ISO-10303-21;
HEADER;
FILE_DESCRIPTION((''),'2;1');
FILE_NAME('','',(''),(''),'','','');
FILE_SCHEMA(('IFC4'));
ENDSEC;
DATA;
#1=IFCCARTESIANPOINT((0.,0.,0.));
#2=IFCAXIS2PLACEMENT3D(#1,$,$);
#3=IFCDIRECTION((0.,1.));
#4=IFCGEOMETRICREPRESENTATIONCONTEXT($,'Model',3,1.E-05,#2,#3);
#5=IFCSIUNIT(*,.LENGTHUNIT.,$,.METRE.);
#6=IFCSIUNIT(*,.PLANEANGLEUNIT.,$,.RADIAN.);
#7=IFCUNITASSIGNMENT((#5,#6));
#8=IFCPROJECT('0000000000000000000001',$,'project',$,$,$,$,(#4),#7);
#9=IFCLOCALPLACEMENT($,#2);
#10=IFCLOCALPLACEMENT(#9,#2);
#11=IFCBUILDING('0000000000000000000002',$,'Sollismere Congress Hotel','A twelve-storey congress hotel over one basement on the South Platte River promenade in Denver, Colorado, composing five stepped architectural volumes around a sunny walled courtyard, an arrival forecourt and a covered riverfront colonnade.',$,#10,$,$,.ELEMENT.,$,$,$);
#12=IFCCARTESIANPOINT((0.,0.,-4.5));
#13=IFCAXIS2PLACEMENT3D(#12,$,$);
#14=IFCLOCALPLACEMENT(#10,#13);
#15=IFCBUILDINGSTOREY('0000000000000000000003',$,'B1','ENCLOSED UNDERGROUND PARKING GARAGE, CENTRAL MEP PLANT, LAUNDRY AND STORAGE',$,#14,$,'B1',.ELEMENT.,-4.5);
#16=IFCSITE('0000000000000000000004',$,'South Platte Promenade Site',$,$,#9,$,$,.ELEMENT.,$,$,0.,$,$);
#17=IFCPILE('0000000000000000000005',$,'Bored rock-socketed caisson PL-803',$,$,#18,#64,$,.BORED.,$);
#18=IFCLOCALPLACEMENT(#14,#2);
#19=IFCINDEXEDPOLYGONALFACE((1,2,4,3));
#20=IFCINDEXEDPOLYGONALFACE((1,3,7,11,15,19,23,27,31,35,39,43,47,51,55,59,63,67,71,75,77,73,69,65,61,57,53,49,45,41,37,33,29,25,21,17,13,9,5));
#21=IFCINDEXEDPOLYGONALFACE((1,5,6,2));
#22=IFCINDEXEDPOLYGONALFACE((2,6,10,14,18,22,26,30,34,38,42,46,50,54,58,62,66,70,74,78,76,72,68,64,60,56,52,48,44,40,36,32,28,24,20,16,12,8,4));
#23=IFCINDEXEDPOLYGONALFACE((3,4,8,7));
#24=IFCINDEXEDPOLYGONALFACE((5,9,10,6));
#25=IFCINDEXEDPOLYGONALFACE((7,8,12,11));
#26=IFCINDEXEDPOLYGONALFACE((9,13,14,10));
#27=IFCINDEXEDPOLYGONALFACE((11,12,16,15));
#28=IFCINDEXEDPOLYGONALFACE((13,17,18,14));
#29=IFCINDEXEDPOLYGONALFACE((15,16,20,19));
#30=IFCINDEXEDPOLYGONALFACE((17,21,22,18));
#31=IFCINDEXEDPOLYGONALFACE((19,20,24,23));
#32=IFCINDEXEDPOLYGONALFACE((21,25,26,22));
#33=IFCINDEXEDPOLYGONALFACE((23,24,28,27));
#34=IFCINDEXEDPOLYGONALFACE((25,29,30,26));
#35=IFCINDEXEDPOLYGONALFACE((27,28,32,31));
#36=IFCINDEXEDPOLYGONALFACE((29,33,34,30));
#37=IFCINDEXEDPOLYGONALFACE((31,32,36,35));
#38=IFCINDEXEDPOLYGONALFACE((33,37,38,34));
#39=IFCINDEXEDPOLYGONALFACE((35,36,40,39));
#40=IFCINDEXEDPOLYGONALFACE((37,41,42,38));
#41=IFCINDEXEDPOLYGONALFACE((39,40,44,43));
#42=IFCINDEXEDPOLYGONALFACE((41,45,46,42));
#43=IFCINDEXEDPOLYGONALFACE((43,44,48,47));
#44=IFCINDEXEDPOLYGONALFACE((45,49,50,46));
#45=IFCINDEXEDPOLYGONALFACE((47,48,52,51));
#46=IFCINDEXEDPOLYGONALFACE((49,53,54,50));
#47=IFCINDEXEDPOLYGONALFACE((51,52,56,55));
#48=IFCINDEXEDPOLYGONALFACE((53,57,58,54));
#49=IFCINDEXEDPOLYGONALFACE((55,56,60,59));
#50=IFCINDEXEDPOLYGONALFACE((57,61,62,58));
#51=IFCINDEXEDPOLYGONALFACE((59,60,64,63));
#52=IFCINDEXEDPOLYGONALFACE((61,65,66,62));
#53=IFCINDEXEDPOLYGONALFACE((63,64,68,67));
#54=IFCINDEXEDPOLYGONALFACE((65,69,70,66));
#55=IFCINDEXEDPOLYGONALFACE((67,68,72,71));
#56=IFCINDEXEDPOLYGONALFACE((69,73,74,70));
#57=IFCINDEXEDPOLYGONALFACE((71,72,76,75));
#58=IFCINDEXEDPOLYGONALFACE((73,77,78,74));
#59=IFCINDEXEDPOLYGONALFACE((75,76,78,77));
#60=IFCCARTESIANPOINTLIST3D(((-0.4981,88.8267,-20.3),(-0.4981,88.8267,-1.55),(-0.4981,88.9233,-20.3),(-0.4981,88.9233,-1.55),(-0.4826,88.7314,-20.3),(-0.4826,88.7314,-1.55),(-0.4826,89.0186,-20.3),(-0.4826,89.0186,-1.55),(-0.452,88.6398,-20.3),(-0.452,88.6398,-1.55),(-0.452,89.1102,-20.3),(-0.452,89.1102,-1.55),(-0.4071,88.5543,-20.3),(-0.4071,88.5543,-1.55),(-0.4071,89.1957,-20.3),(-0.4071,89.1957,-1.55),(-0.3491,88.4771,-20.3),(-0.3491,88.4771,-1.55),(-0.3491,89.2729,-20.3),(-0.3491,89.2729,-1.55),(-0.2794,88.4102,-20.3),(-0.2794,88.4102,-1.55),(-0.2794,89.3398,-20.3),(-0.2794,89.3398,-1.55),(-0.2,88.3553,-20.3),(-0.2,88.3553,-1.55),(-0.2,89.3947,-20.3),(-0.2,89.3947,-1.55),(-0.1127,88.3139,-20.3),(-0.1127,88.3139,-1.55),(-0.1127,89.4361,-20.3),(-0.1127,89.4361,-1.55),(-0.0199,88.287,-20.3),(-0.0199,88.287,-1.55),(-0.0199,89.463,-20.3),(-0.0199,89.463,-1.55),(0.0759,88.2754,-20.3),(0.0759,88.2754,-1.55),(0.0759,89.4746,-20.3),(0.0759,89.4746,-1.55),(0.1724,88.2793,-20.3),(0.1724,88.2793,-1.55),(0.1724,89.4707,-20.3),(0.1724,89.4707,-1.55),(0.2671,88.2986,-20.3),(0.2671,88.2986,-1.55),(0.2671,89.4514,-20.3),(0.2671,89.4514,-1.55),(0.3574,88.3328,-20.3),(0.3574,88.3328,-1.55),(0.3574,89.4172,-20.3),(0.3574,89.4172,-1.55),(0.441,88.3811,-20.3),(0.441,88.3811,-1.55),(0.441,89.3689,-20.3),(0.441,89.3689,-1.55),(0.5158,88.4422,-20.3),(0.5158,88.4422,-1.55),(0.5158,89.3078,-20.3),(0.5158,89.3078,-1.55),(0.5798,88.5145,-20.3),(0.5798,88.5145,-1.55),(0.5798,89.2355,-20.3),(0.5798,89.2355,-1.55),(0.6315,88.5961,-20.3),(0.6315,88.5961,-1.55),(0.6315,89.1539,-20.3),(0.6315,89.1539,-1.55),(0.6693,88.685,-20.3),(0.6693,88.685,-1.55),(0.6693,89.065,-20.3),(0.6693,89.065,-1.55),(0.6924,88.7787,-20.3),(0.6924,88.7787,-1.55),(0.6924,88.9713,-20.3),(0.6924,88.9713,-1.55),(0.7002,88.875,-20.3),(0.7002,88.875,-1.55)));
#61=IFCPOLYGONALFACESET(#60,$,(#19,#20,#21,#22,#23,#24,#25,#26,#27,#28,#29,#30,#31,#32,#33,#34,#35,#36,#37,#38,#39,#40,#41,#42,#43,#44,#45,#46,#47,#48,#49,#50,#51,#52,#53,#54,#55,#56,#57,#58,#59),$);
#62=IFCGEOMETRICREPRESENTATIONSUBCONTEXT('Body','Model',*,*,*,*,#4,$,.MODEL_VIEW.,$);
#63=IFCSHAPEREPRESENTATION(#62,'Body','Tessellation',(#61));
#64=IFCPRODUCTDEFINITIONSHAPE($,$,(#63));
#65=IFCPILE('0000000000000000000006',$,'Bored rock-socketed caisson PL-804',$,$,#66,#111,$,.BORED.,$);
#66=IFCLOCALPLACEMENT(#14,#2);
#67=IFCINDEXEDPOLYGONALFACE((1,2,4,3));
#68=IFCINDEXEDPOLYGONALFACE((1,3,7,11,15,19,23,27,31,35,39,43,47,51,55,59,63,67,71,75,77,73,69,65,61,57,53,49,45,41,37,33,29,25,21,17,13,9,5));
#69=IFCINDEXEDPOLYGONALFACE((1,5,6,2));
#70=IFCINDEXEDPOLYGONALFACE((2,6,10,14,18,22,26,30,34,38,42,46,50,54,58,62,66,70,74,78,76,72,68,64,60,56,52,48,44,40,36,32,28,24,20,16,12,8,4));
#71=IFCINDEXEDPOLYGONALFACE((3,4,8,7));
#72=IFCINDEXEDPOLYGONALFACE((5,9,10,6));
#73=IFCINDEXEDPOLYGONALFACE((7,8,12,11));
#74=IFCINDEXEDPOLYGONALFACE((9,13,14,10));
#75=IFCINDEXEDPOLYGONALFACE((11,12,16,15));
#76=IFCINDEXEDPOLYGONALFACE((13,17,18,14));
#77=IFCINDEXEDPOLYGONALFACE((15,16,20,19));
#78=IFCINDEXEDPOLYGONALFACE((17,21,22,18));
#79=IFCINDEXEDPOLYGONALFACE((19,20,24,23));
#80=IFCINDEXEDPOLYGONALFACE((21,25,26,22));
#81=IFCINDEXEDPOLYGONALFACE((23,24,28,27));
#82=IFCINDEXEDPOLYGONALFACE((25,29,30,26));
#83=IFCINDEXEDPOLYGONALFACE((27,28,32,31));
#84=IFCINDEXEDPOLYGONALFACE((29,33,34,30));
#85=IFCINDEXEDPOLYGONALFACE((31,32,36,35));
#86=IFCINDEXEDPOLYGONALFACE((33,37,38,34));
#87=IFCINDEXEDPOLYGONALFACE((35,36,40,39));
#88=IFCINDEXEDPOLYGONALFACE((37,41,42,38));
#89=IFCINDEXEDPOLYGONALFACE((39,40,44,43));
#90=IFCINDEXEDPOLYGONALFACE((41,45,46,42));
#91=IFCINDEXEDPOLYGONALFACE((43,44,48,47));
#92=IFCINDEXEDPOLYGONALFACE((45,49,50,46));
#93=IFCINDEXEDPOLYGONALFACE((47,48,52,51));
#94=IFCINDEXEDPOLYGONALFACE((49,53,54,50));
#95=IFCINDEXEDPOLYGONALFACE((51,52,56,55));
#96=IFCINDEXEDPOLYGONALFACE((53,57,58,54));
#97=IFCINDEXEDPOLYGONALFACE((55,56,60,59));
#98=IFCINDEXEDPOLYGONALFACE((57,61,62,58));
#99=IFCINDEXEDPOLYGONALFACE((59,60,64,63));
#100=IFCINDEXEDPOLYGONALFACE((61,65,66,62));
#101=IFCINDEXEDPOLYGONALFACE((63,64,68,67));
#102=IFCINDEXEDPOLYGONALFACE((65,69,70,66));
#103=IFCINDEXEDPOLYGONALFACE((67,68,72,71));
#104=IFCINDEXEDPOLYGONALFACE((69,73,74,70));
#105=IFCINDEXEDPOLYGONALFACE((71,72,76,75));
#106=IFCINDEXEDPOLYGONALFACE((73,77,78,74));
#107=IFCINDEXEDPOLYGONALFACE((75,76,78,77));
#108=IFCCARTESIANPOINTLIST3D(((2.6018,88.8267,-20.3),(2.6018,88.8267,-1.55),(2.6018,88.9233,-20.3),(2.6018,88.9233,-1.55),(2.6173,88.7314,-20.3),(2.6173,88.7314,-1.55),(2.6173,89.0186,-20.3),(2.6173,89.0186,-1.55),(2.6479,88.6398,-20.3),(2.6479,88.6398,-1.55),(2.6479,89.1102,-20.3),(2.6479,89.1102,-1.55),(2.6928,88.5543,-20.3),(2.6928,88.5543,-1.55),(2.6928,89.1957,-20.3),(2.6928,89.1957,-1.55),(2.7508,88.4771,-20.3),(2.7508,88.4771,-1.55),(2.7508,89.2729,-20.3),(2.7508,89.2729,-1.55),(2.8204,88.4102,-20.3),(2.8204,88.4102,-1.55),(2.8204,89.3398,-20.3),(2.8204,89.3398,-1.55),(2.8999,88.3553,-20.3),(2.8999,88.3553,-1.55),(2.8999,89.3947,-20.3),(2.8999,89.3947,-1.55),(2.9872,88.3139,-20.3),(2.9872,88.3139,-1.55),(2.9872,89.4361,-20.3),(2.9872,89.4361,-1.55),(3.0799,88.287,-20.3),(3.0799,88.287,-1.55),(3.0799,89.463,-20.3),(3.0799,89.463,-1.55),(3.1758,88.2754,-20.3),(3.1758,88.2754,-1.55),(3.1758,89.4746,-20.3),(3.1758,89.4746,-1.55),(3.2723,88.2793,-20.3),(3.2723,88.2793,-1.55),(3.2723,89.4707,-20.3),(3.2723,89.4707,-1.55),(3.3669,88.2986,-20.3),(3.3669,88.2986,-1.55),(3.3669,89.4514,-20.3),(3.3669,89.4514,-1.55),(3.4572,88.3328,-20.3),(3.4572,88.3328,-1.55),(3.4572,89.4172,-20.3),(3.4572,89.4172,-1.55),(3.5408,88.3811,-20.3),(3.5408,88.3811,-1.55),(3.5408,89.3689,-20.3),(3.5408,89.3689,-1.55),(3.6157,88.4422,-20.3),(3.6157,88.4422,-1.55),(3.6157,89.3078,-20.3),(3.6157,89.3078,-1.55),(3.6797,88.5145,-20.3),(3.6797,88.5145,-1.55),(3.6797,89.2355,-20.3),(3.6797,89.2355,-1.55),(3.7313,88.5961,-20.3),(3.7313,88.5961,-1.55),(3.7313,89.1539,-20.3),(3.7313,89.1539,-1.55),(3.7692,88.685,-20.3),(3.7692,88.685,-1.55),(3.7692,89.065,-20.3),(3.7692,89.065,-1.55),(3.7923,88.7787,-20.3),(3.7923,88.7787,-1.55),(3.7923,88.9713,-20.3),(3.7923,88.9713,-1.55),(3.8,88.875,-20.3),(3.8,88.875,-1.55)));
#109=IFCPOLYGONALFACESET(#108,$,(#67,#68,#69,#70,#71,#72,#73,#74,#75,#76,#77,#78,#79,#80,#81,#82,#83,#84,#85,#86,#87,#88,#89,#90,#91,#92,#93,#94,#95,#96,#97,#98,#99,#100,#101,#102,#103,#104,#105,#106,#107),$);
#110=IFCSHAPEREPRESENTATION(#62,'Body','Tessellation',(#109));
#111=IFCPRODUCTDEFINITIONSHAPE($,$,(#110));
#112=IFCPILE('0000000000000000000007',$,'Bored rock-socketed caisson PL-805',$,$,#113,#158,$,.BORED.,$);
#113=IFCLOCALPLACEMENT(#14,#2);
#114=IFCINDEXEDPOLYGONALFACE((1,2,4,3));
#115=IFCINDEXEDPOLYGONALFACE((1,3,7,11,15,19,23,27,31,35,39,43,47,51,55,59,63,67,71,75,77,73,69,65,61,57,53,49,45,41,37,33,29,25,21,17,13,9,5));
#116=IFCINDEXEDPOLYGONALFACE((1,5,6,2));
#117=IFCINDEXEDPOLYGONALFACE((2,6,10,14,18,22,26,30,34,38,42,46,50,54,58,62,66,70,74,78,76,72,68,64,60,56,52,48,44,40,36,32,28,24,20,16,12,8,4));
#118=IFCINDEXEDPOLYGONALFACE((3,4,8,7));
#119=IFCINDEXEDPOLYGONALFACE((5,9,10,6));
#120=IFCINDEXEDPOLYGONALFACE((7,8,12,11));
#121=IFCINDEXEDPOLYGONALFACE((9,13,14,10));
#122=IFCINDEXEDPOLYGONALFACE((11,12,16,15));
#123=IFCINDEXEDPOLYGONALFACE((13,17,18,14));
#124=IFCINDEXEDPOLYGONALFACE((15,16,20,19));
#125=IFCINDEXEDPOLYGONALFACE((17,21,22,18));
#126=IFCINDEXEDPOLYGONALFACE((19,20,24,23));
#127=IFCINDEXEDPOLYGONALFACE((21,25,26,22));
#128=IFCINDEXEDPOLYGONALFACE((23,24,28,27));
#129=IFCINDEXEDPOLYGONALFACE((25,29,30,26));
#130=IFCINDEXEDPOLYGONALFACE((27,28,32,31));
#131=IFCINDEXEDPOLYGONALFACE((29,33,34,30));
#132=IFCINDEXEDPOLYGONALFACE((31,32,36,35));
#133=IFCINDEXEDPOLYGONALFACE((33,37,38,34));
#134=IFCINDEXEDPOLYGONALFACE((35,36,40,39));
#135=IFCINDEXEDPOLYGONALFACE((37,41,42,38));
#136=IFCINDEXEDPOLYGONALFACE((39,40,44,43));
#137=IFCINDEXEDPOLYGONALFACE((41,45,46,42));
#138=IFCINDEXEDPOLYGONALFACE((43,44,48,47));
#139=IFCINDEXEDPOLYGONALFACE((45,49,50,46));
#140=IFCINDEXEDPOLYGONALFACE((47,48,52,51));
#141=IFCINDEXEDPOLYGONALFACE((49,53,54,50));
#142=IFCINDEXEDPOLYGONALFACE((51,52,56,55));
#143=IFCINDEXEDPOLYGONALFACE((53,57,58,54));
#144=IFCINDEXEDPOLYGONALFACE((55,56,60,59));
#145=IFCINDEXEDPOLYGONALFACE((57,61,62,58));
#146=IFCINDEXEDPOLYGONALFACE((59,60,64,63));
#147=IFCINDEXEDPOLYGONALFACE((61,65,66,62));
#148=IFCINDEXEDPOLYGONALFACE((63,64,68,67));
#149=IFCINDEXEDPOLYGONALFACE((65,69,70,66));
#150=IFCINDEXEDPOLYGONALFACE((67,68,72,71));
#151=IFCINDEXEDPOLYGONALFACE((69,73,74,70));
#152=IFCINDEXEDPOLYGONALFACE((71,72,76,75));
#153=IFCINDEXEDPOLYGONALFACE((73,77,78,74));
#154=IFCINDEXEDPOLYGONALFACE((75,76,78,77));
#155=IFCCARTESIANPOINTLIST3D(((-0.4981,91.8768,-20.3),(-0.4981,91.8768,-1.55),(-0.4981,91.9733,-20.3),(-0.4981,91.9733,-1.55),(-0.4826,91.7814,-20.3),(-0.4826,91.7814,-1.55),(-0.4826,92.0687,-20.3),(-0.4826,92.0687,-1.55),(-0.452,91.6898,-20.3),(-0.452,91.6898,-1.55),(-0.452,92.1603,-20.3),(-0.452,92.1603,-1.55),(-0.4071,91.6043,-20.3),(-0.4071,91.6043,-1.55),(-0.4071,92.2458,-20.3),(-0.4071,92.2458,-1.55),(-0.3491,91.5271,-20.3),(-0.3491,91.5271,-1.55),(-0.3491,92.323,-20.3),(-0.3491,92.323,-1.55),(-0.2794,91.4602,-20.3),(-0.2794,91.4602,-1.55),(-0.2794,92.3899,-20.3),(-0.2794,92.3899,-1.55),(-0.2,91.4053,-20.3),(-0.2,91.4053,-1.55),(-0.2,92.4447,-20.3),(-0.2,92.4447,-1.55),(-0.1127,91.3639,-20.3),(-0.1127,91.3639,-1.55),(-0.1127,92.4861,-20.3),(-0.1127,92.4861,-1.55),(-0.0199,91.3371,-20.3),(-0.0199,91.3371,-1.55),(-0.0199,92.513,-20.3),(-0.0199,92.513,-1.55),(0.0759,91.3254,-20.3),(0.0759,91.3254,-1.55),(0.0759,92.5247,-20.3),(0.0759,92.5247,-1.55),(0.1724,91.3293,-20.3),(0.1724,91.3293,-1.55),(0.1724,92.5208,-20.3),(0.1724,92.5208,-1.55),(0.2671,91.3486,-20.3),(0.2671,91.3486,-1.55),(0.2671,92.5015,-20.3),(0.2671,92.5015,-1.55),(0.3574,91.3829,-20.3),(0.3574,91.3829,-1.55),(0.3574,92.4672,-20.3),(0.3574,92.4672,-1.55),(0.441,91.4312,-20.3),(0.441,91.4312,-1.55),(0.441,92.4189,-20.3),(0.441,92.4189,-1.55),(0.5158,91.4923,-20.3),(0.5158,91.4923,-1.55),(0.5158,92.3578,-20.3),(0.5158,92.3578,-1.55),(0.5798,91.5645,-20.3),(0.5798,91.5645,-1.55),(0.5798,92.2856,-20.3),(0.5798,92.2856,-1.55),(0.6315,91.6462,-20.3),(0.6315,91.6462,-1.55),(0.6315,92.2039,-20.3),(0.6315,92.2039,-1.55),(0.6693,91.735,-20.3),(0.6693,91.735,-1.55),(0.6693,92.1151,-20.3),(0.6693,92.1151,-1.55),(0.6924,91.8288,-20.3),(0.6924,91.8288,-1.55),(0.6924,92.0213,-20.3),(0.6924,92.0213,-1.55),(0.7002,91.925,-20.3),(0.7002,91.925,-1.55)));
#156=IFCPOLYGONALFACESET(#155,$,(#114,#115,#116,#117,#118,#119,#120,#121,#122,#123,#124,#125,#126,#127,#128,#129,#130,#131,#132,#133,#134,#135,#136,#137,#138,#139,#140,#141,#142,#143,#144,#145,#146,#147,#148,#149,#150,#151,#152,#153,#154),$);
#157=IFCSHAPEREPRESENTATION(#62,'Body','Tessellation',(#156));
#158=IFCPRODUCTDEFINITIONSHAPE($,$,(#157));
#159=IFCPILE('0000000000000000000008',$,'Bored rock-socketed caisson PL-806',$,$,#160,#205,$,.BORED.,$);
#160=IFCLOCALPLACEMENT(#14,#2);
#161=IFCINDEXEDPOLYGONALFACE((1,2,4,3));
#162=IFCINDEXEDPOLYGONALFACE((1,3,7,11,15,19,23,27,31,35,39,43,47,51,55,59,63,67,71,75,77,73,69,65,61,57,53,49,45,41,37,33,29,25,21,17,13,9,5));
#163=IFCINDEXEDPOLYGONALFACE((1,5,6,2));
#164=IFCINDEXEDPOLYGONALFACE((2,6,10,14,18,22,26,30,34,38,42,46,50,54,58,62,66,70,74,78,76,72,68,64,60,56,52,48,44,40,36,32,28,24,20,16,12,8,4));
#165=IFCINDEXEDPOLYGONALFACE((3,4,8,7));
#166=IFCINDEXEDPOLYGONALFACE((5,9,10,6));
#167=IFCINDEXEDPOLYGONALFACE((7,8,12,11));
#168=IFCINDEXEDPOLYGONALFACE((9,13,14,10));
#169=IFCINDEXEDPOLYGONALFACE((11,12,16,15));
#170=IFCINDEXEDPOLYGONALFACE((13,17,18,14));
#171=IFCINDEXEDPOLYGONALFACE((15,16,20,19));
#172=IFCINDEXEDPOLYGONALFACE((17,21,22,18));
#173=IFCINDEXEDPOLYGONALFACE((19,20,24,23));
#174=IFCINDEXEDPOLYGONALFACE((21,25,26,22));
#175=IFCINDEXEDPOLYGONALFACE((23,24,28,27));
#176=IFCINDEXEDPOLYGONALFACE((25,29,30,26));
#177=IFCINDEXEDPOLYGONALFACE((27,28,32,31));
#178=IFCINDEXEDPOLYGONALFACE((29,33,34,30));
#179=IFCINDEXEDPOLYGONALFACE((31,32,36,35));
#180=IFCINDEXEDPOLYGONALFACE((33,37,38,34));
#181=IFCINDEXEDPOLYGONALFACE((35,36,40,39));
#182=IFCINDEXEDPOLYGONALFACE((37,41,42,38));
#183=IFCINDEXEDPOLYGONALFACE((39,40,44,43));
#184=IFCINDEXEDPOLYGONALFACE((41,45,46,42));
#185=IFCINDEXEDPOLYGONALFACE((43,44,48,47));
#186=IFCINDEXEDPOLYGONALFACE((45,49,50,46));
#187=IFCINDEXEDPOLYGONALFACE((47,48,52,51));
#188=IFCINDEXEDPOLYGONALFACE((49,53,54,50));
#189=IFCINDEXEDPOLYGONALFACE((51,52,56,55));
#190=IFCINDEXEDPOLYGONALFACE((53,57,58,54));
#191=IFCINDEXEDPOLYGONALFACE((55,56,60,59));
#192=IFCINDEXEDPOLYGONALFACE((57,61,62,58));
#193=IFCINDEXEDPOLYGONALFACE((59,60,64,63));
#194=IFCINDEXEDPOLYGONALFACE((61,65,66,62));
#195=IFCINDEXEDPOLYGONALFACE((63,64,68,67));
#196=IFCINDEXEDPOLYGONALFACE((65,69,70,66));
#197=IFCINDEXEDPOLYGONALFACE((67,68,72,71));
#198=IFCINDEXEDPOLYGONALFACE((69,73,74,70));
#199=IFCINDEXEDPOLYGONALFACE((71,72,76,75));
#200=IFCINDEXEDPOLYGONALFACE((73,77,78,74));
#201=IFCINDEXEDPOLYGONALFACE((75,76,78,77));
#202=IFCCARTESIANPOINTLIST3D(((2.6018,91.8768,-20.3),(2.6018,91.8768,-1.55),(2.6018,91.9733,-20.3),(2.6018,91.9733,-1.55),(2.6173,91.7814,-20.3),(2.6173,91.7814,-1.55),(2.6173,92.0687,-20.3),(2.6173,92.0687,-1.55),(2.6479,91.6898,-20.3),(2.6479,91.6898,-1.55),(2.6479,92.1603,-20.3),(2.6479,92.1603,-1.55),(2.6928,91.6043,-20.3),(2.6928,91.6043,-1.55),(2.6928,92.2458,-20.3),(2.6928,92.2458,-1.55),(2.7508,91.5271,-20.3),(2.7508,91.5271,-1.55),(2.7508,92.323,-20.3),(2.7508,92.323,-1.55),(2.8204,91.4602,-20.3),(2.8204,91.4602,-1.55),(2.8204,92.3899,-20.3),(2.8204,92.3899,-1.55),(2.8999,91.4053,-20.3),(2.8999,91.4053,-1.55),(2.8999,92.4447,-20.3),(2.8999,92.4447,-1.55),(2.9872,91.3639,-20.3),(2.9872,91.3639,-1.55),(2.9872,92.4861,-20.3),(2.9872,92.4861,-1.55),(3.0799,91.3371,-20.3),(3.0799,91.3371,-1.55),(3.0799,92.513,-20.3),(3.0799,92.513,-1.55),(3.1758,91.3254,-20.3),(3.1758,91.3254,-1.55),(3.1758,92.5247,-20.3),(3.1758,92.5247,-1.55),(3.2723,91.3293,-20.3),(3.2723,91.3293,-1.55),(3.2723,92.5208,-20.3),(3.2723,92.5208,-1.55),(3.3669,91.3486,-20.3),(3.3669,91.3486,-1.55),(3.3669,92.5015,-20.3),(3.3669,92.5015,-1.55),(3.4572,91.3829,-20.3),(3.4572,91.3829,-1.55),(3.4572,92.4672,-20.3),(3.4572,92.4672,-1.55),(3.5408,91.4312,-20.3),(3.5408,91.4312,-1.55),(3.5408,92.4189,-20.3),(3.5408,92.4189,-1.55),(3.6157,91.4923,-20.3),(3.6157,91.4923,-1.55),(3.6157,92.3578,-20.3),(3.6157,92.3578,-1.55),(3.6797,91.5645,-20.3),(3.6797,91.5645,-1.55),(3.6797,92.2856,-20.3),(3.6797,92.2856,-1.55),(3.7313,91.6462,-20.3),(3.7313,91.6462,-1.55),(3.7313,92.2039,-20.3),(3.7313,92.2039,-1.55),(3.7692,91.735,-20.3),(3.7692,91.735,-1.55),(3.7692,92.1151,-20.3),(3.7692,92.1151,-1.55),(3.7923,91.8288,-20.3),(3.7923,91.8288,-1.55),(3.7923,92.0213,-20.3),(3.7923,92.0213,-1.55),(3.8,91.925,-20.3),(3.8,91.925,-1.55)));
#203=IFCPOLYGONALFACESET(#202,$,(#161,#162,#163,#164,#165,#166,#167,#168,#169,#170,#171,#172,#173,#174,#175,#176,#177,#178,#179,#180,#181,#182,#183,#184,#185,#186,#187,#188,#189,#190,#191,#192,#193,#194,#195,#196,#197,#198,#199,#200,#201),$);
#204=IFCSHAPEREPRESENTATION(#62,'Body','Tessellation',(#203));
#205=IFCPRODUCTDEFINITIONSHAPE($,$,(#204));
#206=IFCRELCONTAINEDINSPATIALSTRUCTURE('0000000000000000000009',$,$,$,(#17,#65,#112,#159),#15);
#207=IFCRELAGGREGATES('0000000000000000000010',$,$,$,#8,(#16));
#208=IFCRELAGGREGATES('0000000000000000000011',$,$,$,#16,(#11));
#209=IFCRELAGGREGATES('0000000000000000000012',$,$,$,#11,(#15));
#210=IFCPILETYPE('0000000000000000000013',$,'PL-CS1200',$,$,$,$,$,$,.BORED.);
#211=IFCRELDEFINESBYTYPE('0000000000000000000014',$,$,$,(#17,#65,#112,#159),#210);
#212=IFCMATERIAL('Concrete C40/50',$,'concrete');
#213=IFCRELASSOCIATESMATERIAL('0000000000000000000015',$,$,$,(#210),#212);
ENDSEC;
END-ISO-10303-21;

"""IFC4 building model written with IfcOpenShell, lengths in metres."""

from ifc_helpers import new_model, si_unit, direction, frame, origin, origin_2d, place, context, subcontext, project, spatial, circle, extrude, material, material_profile, profile_set, type_object, element, save


model = new_model("IFC4")

# Units and contexts
model_context = context("Model", 3, precision=1e-05, world=origin(), true_north=direction((0.0, 1.0)))
body_context = subcontext(model_context, "Body", "Model", "MODEL_VIEW")
ifc_project = project(units=[si_unit("LENGTHUNIT", "METRE"), si_unit("PLANEANGLEUNIT", "RADIAN")], contexts=[model_context])

# Site, building, storey
site_placement = place(None, origin())
site = spatial("IfcSite", under=ifc_project, at=site_placement, Name="South Platte Promenade Site", CompositionType="ELEMENT", RefElevation=0.0)
building_placement = place(site_placement, origin())
building = spatial("IfcBuilding", under=site, at=building_placement, Name="Sollismere Congress Hotel", Description="A twelve-storey congress hotel over one basement on the South Platte River promenade in Denver, Colorado, composing five stepped architectural volumes around a sunny walled courtyard, an arrival forecourt and a covered riverfront colonnade.", CompositionType="ELEMENT")
storey_placement = place(building_placement, frame((0.0, 0.0, -4.5)))
storey = spatial("IfcBuildingStorey", under=building, at=storey_placement, Name="B1", Description="ENCLOSED UNDERGROUND PARKING GARAGE, CENTRAL MEP PLANT, LAUNDRY AND STORAGE", LongName="B1", CompositionType="ELEMENT", Elevation=-4.5)

# Shared definitions
ifc_material_1 = material(Name="Concrete C40/50", Category="concrete")

# Piles
ifc_material_profile_1 = material_profile(ifc_material_1, circle(Radius=0.6001, at=origin_2d()), Name="CAISSON1200")
ifc_profile_set_1 = profile_set([ifc_material_profile_1], Name="Concrete C40/50")
pile_type = type_object("IfcPileType", Name="PL-CS1200", PredefinedType="BORED", material=ifc_profile_set_1)
for number, where, z_axis, x_axis, name in (
    (1, (0.1001, 88.875, -1.55), (0.0, 0.0, -1.0), (1.0, 0.0, 0.0), "Bored rock-socketed caisson PL-803"),
    (2, (3.2, 88.875, -1.55), (0.0, 0.0, -1.0), (1.0, 0.0, 0.0), "Bored rock-socketed caisson PL-804"),
    (3, (0.1001, 91.925, -1.55), (0.0, 0.0, -1.0), (1.0, 0.0, 0.0), "Bored rock-socketed caisson PL-805"),
    (4, (3.2, 91.925, -1.55), (0.0, 0.0, -1.0), (1.0, 0.0, 0.0), "Bored rock-socketed caisson PL-806"),
):
    element("IfcPile", number, at=place(storey_placement, frame(where, z_axis=z_axis, x_axis=x_axis)), inside=storey, type_object=pile_type, Name=name, PredefinedType="BORED", context=body_context, shape_type="SweptSolid", body=[
        extrude(circle(Radius=0.6001, at=origin_2d()), origin(), (0.0, 0.0, 1.0), 18.75),
    ])

save(model, "model.ifc")
